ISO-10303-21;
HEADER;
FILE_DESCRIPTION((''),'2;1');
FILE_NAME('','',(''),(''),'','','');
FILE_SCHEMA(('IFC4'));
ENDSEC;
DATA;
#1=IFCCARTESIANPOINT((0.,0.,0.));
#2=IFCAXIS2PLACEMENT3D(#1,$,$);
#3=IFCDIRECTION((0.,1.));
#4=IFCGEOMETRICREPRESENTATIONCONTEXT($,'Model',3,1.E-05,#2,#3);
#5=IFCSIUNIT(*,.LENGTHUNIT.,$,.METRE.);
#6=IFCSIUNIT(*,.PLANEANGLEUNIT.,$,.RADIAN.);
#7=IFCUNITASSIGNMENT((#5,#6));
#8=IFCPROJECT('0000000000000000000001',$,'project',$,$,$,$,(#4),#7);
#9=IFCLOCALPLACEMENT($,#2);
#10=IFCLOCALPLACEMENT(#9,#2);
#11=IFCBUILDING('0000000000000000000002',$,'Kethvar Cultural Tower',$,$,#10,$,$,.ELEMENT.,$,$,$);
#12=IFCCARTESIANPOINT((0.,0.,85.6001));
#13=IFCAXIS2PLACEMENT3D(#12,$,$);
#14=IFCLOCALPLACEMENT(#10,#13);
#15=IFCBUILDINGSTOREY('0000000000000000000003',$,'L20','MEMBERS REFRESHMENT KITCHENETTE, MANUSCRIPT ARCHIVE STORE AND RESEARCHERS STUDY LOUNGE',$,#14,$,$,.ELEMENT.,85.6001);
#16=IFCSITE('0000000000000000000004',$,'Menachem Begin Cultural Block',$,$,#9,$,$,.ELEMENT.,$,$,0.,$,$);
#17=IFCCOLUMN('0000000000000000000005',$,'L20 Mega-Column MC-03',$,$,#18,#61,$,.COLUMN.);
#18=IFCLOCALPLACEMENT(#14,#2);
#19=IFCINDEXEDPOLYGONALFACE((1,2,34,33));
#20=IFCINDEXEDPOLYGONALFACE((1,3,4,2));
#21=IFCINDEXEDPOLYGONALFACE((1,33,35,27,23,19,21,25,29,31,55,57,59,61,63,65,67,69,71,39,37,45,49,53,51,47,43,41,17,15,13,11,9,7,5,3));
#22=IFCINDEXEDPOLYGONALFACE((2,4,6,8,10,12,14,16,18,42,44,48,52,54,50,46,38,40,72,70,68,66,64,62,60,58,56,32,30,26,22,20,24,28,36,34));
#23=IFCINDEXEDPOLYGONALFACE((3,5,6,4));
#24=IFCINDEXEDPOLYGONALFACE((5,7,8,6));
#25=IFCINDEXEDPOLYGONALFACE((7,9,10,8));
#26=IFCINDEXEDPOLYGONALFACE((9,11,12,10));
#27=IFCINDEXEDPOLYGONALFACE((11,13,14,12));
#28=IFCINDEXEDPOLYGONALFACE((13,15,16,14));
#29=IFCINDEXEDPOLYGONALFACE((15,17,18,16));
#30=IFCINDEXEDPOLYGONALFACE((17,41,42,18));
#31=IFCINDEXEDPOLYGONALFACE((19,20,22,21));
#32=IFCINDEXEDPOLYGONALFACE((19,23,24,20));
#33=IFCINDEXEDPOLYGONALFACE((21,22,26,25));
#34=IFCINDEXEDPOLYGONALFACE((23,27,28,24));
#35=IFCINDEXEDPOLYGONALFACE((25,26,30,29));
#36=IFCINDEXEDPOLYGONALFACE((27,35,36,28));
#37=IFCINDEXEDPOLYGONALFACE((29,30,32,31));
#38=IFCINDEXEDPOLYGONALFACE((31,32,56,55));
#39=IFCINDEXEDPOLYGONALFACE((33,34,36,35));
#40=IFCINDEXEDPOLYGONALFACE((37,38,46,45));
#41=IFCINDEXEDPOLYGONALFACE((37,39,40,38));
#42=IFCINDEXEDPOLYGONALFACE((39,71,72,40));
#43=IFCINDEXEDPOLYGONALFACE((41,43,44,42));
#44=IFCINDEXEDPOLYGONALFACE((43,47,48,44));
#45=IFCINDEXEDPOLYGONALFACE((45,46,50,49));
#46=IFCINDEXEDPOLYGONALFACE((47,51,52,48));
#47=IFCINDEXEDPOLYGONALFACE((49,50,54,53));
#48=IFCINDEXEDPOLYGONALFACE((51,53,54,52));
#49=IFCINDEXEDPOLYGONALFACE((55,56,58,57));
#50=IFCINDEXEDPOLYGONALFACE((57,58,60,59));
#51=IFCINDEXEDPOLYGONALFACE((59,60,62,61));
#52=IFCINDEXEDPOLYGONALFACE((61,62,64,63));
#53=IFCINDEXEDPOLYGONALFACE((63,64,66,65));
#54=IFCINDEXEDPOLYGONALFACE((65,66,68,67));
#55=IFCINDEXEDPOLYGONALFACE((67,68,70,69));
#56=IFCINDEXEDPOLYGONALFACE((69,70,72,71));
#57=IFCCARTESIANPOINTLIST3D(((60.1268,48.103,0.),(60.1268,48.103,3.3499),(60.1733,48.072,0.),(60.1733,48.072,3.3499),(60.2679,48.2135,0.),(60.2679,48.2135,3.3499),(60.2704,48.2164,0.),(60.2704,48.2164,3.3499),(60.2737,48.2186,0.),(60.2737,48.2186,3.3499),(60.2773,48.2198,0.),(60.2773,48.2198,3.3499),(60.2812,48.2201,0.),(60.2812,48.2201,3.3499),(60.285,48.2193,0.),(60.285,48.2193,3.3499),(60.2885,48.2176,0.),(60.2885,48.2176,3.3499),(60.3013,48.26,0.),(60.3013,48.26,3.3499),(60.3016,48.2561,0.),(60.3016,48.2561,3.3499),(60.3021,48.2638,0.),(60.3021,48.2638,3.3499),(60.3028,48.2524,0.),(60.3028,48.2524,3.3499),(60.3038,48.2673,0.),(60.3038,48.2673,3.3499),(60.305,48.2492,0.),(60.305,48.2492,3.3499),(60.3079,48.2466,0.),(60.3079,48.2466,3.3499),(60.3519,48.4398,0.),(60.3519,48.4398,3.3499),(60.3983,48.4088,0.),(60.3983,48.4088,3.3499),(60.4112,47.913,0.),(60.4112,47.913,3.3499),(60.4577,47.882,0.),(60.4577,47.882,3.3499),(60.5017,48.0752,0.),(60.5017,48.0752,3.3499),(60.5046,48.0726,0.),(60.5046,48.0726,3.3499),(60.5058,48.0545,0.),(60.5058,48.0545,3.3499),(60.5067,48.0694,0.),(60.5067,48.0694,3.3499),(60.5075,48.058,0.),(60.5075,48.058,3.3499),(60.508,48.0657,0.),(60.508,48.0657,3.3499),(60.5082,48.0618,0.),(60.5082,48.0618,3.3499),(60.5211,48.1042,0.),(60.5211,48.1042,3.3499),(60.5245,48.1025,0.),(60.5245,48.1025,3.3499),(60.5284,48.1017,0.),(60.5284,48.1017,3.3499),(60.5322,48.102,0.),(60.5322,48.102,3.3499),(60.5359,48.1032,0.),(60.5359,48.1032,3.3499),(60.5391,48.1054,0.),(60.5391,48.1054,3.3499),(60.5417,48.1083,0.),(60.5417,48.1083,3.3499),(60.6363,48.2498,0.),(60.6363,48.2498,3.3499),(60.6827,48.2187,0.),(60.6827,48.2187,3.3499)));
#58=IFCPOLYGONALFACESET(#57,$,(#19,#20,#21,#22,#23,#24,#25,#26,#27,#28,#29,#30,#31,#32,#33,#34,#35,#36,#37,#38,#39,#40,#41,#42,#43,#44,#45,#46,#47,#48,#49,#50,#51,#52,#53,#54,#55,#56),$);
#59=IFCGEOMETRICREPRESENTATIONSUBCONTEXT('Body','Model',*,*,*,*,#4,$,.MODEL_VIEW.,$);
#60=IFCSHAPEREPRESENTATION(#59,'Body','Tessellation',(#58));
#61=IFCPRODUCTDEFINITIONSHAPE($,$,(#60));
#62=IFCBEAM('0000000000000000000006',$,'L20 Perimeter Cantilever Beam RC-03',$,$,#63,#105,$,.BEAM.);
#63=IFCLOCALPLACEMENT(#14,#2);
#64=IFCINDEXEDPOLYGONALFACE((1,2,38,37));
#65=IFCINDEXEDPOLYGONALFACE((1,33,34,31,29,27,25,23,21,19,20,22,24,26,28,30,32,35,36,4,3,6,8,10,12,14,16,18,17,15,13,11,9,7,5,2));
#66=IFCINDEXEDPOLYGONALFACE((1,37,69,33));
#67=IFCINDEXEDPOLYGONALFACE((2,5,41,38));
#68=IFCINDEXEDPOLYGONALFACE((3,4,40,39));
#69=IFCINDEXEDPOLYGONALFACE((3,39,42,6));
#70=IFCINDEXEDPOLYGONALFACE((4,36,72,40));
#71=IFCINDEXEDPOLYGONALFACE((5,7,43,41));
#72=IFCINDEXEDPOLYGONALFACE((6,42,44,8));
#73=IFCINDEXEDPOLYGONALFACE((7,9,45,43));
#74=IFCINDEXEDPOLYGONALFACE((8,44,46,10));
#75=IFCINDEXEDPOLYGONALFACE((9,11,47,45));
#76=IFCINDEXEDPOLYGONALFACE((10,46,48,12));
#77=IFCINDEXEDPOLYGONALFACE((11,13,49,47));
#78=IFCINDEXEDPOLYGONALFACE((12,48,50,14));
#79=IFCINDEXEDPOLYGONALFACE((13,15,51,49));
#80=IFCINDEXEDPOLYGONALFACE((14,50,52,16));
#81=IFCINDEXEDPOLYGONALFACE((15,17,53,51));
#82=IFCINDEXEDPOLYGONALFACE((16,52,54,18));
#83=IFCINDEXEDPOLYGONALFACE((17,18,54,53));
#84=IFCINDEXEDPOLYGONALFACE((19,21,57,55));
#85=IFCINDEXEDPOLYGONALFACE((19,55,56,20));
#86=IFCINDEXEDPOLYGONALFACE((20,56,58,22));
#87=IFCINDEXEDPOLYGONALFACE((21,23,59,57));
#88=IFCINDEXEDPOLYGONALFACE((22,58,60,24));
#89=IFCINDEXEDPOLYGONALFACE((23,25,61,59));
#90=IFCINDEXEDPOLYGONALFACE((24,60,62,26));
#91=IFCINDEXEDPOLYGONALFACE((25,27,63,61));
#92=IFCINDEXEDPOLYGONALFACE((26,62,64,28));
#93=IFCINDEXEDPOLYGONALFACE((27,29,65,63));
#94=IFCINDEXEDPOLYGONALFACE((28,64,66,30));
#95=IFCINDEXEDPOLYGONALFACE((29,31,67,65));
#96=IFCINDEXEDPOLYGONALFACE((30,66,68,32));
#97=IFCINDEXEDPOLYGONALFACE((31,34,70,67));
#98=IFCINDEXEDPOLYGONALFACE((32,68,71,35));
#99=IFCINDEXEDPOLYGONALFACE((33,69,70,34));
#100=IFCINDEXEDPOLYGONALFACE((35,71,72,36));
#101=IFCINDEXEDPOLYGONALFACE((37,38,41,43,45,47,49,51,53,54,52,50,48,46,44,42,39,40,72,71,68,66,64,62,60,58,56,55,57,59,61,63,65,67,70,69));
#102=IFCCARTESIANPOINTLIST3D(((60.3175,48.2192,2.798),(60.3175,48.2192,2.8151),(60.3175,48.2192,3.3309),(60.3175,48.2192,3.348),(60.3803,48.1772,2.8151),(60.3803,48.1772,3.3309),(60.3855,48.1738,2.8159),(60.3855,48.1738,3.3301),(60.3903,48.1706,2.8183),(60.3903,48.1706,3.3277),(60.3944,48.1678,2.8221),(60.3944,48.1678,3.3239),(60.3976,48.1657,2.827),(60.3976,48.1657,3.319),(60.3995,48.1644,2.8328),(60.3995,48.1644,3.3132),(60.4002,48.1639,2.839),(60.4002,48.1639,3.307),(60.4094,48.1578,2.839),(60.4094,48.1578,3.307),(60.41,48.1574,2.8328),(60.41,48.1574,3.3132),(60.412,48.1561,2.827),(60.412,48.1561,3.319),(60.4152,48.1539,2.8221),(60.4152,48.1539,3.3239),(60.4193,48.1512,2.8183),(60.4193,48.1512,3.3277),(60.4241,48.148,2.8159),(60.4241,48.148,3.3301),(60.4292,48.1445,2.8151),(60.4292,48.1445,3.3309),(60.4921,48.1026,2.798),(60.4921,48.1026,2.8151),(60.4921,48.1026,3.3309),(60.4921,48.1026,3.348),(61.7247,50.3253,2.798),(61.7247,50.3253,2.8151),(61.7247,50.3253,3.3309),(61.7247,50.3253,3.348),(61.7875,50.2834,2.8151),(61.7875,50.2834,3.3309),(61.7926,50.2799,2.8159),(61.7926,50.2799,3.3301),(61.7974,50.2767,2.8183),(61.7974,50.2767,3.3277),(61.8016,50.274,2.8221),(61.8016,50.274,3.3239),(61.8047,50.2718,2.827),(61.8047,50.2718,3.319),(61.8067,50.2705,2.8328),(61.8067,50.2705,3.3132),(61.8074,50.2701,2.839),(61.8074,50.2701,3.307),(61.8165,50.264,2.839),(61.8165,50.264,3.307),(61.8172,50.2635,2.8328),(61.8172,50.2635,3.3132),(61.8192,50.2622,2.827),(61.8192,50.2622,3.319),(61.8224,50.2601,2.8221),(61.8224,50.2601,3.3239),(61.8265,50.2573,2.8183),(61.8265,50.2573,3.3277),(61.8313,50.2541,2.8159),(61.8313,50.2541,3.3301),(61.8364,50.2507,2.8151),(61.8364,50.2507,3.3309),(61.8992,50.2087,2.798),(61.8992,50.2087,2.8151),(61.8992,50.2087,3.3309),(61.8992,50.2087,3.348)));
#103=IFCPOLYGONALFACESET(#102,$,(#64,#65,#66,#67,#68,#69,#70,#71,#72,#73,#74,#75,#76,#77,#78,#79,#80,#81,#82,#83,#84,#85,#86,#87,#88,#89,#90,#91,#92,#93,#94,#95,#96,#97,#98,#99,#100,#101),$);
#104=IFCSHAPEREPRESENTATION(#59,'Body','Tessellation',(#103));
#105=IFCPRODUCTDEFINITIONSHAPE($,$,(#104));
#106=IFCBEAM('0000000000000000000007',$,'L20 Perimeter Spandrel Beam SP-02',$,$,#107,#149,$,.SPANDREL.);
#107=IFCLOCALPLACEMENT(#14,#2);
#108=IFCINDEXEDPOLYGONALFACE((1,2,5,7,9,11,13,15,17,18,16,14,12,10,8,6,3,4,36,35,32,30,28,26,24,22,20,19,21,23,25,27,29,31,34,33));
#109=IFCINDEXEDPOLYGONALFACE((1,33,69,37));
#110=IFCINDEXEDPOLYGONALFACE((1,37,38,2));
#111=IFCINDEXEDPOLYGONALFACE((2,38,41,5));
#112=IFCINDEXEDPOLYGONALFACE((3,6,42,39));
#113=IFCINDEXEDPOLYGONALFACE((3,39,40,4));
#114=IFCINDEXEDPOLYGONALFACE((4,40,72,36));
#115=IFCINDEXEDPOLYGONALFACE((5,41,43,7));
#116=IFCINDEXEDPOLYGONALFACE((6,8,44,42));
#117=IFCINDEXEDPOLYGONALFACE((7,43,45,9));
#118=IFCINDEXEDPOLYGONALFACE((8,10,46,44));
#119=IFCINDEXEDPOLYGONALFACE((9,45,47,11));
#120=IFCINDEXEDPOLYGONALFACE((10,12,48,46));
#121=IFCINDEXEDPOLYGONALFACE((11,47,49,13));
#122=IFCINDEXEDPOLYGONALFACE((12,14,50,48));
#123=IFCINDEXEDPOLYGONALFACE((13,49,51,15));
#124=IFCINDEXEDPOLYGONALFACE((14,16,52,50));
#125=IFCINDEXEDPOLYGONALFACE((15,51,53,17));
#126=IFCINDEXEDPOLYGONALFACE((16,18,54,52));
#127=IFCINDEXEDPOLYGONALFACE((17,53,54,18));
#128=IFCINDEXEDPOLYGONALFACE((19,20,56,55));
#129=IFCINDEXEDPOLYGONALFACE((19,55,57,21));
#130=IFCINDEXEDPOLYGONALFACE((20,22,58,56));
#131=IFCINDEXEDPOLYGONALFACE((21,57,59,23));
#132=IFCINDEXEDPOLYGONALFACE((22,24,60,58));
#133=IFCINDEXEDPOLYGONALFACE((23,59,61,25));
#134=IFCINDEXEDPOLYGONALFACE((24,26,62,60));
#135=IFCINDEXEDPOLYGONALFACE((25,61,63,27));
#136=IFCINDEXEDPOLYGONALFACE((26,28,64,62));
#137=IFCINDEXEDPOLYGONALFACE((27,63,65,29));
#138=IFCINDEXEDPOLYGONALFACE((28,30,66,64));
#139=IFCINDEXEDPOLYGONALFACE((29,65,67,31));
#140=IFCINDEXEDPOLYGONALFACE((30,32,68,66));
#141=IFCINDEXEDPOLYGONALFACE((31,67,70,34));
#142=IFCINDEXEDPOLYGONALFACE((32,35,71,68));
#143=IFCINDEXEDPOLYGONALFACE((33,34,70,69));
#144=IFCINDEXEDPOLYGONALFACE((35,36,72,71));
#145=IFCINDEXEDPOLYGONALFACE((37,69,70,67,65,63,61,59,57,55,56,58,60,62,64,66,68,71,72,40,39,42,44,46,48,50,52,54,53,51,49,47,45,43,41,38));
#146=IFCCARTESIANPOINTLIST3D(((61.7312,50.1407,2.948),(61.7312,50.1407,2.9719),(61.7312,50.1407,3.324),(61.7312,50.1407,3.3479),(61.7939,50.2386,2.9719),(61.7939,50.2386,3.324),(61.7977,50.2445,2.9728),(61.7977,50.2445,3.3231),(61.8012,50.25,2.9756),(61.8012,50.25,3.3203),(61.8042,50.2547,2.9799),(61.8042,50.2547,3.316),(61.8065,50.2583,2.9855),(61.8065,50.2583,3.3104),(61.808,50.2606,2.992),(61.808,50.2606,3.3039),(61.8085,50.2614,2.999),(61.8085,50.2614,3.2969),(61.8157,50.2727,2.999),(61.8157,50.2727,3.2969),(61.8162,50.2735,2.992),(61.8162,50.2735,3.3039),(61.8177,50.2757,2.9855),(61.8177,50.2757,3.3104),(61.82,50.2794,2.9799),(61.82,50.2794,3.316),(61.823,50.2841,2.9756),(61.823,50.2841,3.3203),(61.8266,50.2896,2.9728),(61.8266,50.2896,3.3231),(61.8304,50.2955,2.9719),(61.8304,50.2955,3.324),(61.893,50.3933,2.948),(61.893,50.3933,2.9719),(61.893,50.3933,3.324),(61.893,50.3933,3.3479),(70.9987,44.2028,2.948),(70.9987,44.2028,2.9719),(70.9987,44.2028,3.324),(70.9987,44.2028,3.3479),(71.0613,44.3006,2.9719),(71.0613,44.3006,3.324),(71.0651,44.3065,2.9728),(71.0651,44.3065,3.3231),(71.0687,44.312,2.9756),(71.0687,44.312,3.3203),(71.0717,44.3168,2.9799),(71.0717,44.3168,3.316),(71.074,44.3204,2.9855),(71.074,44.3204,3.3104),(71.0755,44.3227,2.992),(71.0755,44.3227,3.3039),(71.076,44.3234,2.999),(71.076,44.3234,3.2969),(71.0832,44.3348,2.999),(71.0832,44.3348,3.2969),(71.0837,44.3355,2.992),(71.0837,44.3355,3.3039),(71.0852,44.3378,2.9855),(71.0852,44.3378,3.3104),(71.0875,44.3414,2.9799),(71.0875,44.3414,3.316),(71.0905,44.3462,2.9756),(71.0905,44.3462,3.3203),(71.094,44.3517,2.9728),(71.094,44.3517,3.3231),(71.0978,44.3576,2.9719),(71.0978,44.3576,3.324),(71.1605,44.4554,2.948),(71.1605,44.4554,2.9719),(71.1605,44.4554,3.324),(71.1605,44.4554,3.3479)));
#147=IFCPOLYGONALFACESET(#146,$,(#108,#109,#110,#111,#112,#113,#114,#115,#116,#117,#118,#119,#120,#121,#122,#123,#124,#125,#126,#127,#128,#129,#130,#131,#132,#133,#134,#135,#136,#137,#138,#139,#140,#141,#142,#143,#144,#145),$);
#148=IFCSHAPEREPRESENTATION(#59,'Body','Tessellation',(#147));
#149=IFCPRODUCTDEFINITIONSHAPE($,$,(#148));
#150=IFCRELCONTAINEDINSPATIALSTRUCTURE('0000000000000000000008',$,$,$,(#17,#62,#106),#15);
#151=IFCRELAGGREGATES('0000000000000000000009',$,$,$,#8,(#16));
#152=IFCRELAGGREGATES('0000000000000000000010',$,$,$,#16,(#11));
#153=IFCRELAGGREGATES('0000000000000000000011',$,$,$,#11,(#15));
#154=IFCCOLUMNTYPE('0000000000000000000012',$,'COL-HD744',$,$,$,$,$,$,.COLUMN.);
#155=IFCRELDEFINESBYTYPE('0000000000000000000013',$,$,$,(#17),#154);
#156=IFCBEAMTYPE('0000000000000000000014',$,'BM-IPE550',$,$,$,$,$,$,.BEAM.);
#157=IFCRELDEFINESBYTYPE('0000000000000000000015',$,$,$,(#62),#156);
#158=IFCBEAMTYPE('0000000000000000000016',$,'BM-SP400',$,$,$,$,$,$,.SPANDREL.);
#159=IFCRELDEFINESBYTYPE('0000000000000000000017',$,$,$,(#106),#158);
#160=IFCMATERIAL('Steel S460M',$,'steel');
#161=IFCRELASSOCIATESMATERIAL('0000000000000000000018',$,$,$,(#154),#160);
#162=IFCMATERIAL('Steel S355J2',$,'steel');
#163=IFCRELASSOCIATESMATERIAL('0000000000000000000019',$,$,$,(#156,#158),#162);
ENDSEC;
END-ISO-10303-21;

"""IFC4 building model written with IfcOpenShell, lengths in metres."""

from ifc_helpers import new_model, si_unit, direction, frame, origin, origin_2d, place, context, subcontext, project, spatial, i_section, extrude, source, transform, mapped, material, material_profile, profile_set, type_object, element, save


model = new_model("IFC4")

# Units and contexts
model_context = context("Model", 3, precision=1e-05, world=origin(), true_north=direction((0.0, 1.0)))
body_context = subcontext(model_context, "Body", "Model", "MODEL_VIEW")
ifc_project = project(units=[si_unit("LENGTHUNIT", "METRE"), si_unit("PLANEANGLEUNIT", "RADIAN")], contexts=[model_context])

# Site, building, storey
site_placement = place(None, origin())
site = spatial("IfcSite", under=ifc_project, at=site_placement, Name="Menachem Begin Cultural Block", CompositionType="ELEMENT", RefElevation=0.0)
building_placement = place(site_placement, origin())
building = spatial("IfcBuilding", under=site, at=building_placement, Name="Kethvar Cultural Tower", CompositionType="ELEMENT")
storey_placement = place(building_placement, frame((0.0, 0.0, 85.6001)))
storey = spatial("IfcBuildingStorey", under=building, at=storey_placement, Name="L20", Description="MEMBERS REFRESHMENT KITCHENETTE, MANUSCRIPT ARCHIVE STORE AND RESEARCHERS STUDY LOUNGE", CompositionType="ELEMENT", Elevation=85.6001)

# Column
ifc_material_1 = material(Name="Steel S460M", Category="steel")
ifc_material_profile_1 = material_profile(ifc_material_1, i_section(OverallWidth=0.405, OverallDepth=0.3979, WebThickness=0.0349, FlangeThickness=0.0559, FilletRadius=0.0149, at=origin_2d()), Name="Steel S460M — HD400x744")
ifc_profile_set_1 = profile_set([ifc_material_profile_1], Name="Steel S460M — HD400x744")
column_type = type_object("IfcColumnType", Name="COL-HD744", PredefinedType="COLUMN", material=ifc_profile_set_1)
shared_shape_1 = source(origin(), body_context, "Body", "SweptSolid", [
    extrude(i_section(OverallWidth=0.405, OverallDepth=0.3979, WebThickness=0.0349, FlangeThickness=0.0559, FilletRadius=0.0149, at=origin_2d()), origin(), (0.0, 0.0, 1.0), 3.3499),
])
column_placement = place(storey_placement, frame((60.4048, 48.1609, 0.0), z_axis=(0.0, 0.0, 1.0), x_axis=(0.55557, 0.83147, 0.0)))
element("IfcColumn", 1, at=column_placement, inside=storey, type_object=column_type, Name="L20 Mega-Column MC-03", PredefinedType="COLUMN", context=body_context, shape_type="MappedRepresentation", body=[
    mapped(shared_shape_1, transform((0.0, 0.0, 0.0), scale=1.0)),
])

# Beams
ifc_material_2 = material(Name="Steel S355J2", Category="steel")
ifc_material_profile_2 = material_profile(ifc_material_2, i_section(OverallWidth=0.21, OverallDepth=0.55, WebThickness=0.011, FlangeThickness=0.0171, FilletRadius=0.0239, at=origin_2d()), Name="Steel S355J2 — IPE550")
ifc_profile_set_2 = profile_set([ifc_material_profile_2], Name="Steel S355J2 — IPE550")
beam_type_1 = type_object("IfcBeamType", Name="BM-IPE550", PredefinedType="BEAM", material=ifc_profile_set_2)
shared_shape_2 = source(origin(), body_context, "Body", "SweptSolid", [
    extrude(i_section(OverallWidth=0.21, OverallDepth=0.55, WebThickness=0.011, FlangeThickness=0.0171, FilletRadius=0.0239, at=origin_2d()), origin(), (0.0, 0.0, 1.0), 2.533),
])
beam_1_placement = place(storey_placement, frame((60.4048, 48.1609, 3.073), z_axis=(0.555545, 0.831486, 0.0), x_axis=(-0.831486, 0.555545, 0.0)))
element("IfcBeam", 2, at=beam_1_placement, inside=storey, type_object=beam_type_1, Name="L20 Perimeter Cantilever Beam RC-03", PredefinedType="BEAM", context=body_context, shape_type="MappedRepresentation", body=[
    mapped(shared_shape_2, transform((0.0, 0.0, 0.0), scale=1.0)),
])
ifc_material_profile_3 = material_profile(ifc_material_2, i_section(OverallWidth=0.3, OverallDepth=0.3999, WebThickness=0.0134, FlangeThickness=0.0239, FilletRadius=0.0271, at=origin_2d()), Name="Steel S355J2 — HEB400")
ifc_profile_set_3 = profile_set([ifc_material_profile_3], Name="Steel S355J2 — HEB400")
beam_type_2 = type_object("IfcBeamType", Name="BM-SP400", PredefinedType="SPANDREL", material=ifc_profile_set_3)
shared_shape_3 = source(origin(), body_context, "Body", "SweptSolid", [
    extrude(i_section(OverallWidth=0.3, OverallDepth=0.3999, WebThickness=0.0134, FlangeThickness=0.0239, FilletRadius=0.0271, at=origin_2d()), origin(), (0.0, 0.0, 1.0), 11.0066),
])
beam_2_placement = place(storey_placement, frame((71.0796, 44.3291, 3.1479), z_axis=(-0.841993, 0.539488, 0.0), x_axis=(-0.539488, -0.841993, 0.0)))
element("IfcBeam", 3, at=beam_2_placement, inside=storey, type_object=beam_type_2, Name="L20 Perimeter Spandrel Beam SP-02", PredefinedType="SPANDREL", context=body_context, shape_type="MappedRepresentation", body=[
    mapped(shared_shape_3, transform((0.0, 0.0, 0.0), scale=1.0)),
])

save(model, "model.ifc")
